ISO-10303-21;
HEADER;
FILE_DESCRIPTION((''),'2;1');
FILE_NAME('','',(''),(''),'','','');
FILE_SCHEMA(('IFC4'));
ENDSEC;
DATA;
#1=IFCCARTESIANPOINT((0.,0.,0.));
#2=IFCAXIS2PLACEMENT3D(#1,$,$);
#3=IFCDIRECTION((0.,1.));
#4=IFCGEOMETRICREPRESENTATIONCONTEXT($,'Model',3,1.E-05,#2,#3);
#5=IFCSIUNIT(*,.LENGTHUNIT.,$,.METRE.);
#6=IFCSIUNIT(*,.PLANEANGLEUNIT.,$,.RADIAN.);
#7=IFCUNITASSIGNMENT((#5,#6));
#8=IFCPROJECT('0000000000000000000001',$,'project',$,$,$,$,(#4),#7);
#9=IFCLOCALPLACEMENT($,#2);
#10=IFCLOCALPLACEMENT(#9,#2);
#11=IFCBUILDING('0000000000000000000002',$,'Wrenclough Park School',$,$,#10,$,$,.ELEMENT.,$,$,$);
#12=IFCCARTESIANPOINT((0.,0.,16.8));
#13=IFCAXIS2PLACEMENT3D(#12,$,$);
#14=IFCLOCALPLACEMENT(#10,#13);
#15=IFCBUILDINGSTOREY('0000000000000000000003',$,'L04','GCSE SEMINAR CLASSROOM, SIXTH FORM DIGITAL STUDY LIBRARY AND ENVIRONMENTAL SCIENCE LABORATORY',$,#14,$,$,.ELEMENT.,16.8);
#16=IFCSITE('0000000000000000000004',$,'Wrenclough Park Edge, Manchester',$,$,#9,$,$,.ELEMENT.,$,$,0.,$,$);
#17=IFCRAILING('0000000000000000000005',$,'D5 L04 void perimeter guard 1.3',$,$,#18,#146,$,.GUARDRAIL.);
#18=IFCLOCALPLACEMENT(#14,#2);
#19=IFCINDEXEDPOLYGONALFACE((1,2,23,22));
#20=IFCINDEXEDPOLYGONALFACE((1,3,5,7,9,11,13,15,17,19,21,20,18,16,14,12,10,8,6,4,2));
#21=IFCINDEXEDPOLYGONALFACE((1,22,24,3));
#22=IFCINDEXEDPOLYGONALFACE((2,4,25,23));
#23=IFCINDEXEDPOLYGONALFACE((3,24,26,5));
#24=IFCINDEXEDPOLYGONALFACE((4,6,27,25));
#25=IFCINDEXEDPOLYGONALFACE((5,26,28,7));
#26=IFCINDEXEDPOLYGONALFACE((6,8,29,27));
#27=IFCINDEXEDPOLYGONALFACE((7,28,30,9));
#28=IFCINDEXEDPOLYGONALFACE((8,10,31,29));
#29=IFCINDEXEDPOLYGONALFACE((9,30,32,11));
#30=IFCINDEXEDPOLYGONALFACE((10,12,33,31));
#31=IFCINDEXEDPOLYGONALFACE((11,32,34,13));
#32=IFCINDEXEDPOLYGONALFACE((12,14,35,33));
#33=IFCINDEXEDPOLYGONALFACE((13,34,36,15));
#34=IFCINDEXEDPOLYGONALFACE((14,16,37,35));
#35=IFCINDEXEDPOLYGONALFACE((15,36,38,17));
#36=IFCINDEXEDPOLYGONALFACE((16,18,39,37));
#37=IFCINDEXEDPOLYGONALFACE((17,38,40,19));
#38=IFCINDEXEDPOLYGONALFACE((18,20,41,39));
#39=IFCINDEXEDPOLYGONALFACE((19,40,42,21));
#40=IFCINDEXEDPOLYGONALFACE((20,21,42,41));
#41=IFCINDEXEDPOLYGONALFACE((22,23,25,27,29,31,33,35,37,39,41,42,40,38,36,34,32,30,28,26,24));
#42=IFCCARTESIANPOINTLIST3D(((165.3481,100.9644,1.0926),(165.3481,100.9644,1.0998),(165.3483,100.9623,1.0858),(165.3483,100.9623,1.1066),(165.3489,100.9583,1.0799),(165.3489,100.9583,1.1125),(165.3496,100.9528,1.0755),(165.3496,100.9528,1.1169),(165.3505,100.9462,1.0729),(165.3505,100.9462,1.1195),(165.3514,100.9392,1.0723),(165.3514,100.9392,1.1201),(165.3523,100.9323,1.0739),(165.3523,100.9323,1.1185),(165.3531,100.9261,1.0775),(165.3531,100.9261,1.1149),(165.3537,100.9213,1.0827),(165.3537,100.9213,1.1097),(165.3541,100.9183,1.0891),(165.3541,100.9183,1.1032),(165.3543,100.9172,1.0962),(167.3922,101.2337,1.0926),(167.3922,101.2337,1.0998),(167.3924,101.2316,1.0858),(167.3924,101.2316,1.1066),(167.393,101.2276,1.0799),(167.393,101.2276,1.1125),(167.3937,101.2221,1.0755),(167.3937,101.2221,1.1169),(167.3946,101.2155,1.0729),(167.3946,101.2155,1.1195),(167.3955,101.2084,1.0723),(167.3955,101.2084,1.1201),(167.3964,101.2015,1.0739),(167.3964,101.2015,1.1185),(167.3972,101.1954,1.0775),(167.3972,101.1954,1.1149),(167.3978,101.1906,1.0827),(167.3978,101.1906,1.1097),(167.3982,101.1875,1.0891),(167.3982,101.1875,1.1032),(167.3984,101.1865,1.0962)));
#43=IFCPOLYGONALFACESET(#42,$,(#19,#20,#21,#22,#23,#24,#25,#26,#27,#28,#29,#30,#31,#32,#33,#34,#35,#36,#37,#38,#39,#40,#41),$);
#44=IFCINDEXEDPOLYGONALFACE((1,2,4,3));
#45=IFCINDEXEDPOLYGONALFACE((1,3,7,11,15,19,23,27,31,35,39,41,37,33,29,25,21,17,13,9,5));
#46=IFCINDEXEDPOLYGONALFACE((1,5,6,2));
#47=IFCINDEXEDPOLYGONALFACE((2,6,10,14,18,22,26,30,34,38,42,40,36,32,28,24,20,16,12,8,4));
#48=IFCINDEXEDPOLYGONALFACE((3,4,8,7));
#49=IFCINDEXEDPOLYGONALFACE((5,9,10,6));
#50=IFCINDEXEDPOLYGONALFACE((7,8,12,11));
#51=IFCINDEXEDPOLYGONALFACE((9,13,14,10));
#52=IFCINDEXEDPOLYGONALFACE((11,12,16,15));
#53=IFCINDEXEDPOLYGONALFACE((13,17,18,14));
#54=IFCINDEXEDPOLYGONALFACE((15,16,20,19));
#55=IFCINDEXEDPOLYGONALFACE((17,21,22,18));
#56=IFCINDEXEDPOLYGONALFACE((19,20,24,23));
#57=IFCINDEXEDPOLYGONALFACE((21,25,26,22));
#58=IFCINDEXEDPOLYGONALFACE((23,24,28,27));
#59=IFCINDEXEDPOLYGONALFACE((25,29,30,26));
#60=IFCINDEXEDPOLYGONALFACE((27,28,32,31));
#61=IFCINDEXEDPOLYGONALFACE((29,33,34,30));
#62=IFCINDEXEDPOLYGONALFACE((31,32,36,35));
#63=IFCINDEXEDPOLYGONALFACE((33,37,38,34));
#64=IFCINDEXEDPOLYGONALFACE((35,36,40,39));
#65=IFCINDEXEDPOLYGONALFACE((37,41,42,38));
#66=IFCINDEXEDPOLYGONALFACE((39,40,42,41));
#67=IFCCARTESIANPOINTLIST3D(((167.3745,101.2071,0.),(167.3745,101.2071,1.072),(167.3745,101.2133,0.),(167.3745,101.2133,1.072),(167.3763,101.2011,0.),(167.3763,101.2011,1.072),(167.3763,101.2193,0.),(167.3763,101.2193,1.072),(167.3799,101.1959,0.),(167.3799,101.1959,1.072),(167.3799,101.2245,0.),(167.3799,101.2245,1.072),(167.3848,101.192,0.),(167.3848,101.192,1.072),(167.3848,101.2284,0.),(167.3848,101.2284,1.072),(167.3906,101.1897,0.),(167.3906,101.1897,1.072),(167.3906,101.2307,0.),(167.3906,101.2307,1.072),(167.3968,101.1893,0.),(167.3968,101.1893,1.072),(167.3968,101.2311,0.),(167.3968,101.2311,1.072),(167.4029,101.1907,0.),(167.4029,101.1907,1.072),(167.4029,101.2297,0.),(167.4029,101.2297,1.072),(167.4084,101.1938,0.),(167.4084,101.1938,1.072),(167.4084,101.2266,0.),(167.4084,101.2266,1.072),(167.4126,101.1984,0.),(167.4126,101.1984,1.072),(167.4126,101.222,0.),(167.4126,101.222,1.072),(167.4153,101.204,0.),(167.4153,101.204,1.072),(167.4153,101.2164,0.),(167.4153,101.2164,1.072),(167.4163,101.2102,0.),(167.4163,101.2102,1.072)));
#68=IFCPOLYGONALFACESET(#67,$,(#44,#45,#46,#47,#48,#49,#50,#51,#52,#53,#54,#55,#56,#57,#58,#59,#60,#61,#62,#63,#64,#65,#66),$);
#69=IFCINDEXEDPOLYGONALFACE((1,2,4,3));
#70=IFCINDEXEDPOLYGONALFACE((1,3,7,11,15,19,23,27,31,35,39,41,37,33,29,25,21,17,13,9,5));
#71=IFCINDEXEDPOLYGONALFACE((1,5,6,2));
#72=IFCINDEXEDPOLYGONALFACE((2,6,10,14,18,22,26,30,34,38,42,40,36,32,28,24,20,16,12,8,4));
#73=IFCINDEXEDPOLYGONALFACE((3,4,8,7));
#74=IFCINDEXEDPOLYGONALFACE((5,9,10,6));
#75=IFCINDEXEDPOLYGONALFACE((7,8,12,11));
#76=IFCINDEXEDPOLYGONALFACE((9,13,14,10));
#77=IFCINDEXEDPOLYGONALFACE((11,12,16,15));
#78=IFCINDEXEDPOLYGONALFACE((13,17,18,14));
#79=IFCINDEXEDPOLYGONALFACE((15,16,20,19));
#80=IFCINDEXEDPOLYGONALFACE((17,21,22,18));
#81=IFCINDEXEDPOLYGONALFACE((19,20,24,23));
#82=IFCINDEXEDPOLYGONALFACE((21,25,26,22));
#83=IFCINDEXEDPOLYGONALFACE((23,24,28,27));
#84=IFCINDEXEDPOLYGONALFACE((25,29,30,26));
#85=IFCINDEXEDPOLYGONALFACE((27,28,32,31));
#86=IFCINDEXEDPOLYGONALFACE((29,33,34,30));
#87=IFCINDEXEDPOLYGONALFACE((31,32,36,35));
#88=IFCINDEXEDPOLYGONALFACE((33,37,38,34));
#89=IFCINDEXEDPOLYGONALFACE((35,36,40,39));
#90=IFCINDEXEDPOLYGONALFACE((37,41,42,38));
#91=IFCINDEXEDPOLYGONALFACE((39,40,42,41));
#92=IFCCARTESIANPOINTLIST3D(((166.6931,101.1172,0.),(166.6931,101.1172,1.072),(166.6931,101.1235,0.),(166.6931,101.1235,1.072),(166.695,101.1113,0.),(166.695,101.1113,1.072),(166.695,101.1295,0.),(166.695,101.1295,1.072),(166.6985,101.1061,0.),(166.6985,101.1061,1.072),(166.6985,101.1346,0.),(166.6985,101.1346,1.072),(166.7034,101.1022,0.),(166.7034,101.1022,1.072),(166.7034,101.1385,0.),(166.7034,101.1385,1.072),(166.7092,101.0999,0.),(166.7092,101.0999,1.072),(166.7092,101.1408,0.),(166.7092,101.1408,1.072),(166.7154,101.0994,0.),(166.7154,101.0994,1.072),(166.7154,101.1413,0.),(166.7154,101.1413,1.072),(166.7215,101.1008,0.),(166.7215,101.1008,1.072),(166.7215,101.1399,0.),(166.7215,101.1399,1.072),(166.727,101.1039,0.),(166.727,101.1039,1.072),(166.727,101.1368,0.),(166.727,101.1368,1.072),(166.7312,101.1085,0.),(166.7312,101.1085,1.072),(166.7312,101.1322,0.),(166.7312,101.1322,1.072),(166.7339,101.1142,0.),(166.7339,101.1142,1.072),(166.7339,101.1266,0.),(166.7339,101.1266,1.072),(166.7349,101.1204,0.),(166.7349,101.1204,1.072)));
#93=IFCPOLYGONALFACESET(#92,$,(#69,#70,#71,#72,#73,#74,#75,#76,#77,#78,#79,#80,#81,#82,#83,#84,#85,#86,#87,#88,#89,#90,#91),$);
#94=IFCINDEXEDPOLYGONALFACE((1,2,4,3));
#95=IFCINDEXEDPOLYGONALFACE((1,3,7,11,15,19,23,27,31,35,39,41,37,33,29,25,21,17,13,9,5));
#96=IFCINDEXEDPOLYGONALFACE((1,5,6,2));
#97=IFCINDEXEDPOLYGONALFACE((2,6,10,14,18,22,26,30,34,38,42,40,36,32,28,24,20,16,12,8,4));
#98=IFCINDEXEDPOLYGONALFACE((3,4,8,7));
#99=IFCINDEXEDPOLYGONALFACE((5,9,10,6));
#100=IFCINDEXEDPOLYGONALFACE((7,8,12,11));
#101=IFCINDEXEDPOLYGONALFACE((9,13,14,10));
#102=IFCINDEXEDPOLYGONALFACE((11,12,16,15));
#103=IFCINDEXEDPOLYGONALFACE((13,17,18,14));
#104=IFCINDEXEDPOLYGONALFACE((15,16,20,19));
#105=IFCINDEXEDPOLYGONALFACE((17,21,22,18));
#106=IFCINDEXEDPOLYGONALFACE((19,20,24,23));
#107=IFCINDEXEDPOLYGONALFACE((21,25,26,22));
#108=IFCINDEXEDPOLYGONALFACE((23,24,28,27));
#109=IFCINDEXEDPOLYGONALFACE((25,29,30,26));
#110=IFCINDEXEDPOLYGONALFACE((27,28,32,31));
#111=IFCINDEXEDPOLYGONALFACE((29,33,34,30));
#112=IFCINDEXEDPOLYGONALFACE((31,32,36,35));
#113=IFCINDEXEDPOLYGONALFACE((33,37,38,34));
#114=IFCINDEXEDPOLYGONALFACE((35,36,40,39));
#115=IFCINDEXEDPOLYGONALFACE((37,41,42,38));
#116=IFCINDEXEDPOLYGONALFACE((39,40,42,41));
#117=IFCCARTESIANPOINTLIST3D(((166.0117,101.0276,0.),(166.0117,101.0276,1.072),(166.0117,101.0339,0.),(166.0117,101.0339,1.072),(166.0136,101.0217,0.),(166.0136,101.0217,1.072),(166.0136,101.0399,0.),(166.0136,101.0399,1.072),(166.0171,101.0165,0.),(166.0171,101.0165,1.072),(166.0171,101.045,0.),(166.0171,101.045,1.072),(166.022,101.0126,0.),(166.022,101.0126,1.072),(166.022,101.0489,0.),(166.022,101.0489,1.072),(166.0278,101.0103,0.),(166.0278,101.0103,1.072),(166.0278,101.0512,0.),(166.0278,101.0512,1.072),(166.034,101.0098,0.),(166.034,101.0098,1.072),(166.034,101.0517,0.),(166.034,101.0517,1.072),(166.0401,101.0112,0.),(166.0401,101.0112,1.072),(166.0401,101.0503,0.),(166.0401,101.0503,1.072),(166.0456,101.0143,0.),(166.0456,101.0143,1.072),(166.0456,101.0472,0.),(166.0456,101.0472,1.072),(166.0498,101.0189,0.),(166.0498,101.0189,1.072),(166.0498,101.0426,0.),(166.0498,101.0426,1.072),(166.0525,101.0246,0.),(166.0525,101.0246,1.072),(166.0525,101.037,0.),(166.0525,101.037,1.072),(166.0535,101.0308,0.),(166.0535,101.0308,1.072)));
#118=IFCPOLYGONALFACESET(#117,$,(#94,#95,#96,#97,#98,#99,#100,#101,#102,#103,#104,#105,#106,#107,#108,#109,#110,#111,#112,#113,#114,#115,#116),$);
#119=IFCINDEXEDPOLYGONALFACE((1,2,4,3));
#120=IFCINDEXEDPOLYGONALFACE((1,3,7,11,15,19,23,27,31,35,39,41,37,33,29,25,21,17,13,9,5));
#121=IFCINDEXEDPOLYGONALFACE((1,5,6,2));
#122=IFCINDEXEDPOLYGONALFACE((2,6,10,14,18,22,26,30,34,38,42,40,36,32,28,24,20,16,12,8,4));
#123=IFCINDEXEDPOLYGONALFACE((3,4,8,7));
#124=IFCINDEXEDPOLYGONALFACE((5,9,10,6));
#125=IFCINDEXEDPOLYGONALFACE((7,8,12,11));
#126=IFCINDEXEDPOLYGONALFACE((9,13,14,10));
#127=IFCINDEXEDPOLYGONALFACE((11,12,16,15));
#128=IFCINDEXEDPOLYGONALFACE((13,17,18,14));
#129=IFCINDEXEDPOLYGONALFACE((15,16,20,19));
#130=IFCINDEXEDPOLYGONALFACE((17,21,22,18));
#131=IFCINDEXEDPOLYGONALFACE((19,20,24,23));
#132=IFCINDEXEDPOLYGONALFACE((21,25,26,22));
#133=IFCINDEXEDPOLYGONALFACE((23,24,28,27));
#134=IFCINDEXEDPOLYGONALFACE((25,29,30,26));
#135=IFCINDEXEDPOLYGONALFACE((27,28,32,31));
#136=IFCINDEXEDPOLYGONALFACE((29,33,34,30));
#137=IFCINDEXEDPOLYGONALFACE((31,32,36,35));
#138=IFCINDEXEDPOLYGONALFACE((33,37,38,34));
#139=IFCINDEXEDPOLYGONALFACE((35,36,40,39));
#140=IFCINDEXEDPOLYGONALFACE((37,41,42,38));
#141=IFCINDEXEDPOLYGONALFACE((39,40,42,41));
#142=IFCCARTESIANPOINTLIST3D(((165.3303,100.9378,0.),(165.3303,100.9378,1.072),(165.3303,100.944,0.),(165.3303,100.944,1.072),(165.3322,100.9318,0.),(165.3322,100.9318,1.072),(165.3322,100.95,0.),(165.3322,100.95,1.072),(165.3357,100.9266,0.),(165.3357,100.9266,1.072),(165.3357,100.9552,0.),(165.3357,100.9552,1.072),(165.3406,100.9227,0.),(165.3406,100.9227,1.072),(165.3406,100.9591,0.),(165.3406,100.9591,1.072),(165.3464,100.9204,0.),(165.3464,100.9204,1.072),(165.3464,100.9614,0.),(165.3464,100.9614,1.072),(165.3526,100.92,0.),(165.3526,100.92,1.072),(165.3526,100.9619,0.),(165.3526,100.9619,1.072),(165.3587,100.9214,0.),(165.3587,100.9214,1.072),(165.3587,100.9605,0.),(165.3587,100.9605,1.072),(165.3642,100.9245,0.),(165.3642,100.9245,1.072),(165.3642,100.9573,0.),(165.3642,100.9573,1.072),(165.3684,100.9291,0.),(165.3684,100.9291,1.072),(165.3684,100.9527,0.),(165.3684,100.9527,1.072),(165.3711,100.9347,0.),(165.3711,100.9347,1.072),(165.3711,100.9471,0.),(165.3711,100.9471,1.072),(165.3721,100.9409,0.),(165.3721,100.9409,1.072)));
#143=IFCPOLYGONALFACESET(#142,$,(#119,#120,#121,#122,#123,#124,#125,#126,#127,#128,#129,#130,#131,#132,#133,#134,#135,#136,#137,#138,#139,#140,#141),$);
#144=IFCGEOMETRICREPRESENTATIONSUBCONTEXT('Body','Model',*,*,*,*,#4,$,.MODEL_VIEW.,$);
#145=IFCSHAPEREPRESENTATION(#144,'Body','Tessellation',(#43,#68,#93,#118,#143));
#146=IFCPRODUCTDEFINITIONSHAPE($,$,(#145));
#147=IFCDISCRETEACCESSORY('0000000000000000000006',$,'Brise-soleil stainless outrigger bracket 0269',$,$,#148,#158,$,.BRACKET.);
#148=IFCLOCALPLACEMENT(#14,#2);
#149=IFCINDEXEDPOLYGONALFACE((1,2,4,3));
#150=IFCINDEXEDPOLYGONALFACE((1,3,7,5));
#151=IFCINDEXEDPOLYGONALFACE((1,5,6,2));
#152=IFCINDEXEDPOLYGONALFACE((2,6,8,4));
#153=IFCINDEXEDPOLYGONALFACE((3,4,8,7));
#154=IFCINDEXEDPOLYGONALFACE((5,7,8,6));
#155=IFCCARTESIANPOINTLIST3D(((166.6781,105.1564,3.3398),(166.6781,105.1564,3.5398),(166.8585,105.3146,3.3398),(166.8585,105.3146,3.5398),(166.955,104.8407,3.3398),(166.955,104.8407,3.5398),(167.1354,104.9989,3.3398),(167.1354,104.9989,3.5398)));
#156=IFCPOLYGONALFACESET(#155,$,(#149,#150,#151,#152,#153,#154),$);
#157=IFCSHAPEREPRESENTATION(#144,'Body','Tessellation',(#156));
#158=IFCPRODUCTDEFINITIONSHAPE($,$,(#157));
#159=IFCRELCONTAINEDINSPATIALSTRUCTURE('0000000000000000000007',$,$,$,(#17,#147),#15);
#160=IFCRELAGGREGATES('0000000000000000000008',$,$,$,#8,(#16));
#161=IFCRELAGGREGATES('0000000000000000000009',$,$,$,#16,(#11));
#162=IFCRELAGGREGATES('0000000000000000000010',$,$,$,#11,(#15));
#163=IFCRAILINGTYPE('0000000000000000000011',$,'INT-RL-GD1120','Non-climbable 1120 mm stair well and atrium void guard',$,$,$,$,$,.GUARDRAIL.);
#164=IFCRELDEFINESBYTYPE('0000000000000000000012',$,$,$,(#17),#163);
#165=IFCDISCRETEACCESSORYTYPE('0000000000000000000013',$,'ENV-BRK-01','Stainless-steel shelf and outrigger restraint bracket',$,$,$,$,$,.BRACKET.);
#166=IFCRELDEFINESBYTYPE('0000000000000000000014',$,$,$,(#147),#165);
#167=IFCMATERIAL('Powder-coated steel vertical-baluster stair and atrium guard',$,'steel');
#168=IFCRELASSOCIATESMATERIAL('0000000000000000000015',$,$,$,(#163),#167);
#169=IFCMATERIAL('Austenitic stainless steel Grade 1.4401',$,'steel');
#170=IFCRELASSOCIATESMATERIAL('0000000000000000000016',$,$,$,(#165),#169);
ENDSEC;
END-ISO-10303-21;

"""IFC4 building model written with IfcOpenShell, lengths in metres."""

from ifc_helpers import new_model, si_unit, direction, frame, origin, origin_2d, place, context, subcontext, project, spatial, rectangle, circle, extrude, material, type_object, element, save


model = new_model("IFC4")

# Units and contexts
model_context = context("Model", 3, precision=1e-05, world=origin(), true_north=direction((0.0, 1.0)))
body_context = subcontext(model_context, "Body", "Model", "MODEL_VIEW")
ifc_project = project(units=[si_unit("LENGTHUNIT", "METRE"), si_unit("PLANEANGLEUNIT", "RADIAN")], contexts=[model_context])

# Site, building, storey
site_placement = place(None, origin())
site = spatial("IfcSite", under=ifc_project, at=site_placement, Name="Wrenclough Park Edge, Manchester", CompositionType="ELEMENT", RefElevation=0.0)
building_placement = place(site_placement, origin())
building = spatial("IfcBuilding", under=site, at=building_placement, Name="Wrenclough Park School", CompositionType="ELEMENT")
storey_placement = place(building_placement, frame((0.0, 0.0, 16.8)))
storey = spatial("IfcBuildingStorey", under=building, at=storey_placement, Name="L04", Description="GCSE SEMINAR CLASSROOM, SIXTH FORM DIGITAL STUDY LIBRARY AND ENVIRONMENTAL SCIENCE LABORATORY", CompositionType="ELEMENT", Elevation=16.8)

# Railing
ifc_material_1 = material(Name="Powder-coated steel vertical-baluster stair and atrium guard", Category="steel")
railing_type = type_object("IfcRailingType", Name="INT-RL-GD1120", Description="Non-climbable 1120 mm stair well and atrium void guard", PredefinedType="GUARDRAIL", material=ifc_material_1)
railing_1_placement = place(storey_placement, frame((167.3953, 101.2102, 0.0)))
element("IfcRailing", 1, at=railing_1_placement, inside=storey, type_object=railing_type, Name="D5 L04 void perimeter guard 1.3", PredefinedType="GUARDRAIL", context=body_context, shape_type="SweptSolid", body=[
    extrude(circle(Radius=0.0239, at=origin_2d()), frame((0.0, 0.0, 1.0962), z_axis=(-0.991435, -0.130605, 0.0), x_axis=(0.130605, -0.991435, 0.0)), (0.0, 0.0, 1.0), 2.0618),
    extrude(circle(Radius=0.021, at=origin_2d()), origin(), (0.0, 0.0, 1.0), 1.072),
    extrude(circle(Radius=0.021, at=origin_2d()), frame((-0.6814, -0.0898, 0.0)), (0.0, 0.0, 1.0), 1.072),
    extrude(circle(Radius=0.021, at=origin_2d()), frame((-1.3628, -0.1794, 0.0)), (0.0, 0.0, 1.0), 1.072),
    extrude(circle(Radius=0.021, at=origin_2d()), frame((-2.0442, -0.2693, 0.0)), (0.0, 0.0, 1.0), 1.072),
])

# Discrete accessory
ifc_material_2 = material(Name="Austenitic stainless steel Grade 1.4401", Category="steel")
discrete_accessory_type = type_object("IfcDiscreteAccessoryType", Name="ENV-BRK-01", Description="Stainless-steel shelf and outrigger restraint bracket", PredefinedType="BRACKET", material=ifc_material_2)
discrete_accessory_placement = place(storey_placement, frame((166.9067, 105.0776, 3.3398), z_axis=(0.0, 0.0, 1.0), x_axis=(-0.751826, -0.659361, 0.0)))
element("IfcDiscreteAccessory", 2, at=discrete_accessory_placement, inside=storey, type_object=discrete_accessory_type, Name="Brise-soleil stainless outrigger bracket 0269", PredefinedType="BRACKET", context=body_context, shape_type="SweptSolid", body=[
    extrude(rectangle(XDim=0.24, YDim=0.4199, at=origin_2d()), origin(), (0.0, 0.0, 1.0), 0.2),
])

save(model, "model.ifc")
